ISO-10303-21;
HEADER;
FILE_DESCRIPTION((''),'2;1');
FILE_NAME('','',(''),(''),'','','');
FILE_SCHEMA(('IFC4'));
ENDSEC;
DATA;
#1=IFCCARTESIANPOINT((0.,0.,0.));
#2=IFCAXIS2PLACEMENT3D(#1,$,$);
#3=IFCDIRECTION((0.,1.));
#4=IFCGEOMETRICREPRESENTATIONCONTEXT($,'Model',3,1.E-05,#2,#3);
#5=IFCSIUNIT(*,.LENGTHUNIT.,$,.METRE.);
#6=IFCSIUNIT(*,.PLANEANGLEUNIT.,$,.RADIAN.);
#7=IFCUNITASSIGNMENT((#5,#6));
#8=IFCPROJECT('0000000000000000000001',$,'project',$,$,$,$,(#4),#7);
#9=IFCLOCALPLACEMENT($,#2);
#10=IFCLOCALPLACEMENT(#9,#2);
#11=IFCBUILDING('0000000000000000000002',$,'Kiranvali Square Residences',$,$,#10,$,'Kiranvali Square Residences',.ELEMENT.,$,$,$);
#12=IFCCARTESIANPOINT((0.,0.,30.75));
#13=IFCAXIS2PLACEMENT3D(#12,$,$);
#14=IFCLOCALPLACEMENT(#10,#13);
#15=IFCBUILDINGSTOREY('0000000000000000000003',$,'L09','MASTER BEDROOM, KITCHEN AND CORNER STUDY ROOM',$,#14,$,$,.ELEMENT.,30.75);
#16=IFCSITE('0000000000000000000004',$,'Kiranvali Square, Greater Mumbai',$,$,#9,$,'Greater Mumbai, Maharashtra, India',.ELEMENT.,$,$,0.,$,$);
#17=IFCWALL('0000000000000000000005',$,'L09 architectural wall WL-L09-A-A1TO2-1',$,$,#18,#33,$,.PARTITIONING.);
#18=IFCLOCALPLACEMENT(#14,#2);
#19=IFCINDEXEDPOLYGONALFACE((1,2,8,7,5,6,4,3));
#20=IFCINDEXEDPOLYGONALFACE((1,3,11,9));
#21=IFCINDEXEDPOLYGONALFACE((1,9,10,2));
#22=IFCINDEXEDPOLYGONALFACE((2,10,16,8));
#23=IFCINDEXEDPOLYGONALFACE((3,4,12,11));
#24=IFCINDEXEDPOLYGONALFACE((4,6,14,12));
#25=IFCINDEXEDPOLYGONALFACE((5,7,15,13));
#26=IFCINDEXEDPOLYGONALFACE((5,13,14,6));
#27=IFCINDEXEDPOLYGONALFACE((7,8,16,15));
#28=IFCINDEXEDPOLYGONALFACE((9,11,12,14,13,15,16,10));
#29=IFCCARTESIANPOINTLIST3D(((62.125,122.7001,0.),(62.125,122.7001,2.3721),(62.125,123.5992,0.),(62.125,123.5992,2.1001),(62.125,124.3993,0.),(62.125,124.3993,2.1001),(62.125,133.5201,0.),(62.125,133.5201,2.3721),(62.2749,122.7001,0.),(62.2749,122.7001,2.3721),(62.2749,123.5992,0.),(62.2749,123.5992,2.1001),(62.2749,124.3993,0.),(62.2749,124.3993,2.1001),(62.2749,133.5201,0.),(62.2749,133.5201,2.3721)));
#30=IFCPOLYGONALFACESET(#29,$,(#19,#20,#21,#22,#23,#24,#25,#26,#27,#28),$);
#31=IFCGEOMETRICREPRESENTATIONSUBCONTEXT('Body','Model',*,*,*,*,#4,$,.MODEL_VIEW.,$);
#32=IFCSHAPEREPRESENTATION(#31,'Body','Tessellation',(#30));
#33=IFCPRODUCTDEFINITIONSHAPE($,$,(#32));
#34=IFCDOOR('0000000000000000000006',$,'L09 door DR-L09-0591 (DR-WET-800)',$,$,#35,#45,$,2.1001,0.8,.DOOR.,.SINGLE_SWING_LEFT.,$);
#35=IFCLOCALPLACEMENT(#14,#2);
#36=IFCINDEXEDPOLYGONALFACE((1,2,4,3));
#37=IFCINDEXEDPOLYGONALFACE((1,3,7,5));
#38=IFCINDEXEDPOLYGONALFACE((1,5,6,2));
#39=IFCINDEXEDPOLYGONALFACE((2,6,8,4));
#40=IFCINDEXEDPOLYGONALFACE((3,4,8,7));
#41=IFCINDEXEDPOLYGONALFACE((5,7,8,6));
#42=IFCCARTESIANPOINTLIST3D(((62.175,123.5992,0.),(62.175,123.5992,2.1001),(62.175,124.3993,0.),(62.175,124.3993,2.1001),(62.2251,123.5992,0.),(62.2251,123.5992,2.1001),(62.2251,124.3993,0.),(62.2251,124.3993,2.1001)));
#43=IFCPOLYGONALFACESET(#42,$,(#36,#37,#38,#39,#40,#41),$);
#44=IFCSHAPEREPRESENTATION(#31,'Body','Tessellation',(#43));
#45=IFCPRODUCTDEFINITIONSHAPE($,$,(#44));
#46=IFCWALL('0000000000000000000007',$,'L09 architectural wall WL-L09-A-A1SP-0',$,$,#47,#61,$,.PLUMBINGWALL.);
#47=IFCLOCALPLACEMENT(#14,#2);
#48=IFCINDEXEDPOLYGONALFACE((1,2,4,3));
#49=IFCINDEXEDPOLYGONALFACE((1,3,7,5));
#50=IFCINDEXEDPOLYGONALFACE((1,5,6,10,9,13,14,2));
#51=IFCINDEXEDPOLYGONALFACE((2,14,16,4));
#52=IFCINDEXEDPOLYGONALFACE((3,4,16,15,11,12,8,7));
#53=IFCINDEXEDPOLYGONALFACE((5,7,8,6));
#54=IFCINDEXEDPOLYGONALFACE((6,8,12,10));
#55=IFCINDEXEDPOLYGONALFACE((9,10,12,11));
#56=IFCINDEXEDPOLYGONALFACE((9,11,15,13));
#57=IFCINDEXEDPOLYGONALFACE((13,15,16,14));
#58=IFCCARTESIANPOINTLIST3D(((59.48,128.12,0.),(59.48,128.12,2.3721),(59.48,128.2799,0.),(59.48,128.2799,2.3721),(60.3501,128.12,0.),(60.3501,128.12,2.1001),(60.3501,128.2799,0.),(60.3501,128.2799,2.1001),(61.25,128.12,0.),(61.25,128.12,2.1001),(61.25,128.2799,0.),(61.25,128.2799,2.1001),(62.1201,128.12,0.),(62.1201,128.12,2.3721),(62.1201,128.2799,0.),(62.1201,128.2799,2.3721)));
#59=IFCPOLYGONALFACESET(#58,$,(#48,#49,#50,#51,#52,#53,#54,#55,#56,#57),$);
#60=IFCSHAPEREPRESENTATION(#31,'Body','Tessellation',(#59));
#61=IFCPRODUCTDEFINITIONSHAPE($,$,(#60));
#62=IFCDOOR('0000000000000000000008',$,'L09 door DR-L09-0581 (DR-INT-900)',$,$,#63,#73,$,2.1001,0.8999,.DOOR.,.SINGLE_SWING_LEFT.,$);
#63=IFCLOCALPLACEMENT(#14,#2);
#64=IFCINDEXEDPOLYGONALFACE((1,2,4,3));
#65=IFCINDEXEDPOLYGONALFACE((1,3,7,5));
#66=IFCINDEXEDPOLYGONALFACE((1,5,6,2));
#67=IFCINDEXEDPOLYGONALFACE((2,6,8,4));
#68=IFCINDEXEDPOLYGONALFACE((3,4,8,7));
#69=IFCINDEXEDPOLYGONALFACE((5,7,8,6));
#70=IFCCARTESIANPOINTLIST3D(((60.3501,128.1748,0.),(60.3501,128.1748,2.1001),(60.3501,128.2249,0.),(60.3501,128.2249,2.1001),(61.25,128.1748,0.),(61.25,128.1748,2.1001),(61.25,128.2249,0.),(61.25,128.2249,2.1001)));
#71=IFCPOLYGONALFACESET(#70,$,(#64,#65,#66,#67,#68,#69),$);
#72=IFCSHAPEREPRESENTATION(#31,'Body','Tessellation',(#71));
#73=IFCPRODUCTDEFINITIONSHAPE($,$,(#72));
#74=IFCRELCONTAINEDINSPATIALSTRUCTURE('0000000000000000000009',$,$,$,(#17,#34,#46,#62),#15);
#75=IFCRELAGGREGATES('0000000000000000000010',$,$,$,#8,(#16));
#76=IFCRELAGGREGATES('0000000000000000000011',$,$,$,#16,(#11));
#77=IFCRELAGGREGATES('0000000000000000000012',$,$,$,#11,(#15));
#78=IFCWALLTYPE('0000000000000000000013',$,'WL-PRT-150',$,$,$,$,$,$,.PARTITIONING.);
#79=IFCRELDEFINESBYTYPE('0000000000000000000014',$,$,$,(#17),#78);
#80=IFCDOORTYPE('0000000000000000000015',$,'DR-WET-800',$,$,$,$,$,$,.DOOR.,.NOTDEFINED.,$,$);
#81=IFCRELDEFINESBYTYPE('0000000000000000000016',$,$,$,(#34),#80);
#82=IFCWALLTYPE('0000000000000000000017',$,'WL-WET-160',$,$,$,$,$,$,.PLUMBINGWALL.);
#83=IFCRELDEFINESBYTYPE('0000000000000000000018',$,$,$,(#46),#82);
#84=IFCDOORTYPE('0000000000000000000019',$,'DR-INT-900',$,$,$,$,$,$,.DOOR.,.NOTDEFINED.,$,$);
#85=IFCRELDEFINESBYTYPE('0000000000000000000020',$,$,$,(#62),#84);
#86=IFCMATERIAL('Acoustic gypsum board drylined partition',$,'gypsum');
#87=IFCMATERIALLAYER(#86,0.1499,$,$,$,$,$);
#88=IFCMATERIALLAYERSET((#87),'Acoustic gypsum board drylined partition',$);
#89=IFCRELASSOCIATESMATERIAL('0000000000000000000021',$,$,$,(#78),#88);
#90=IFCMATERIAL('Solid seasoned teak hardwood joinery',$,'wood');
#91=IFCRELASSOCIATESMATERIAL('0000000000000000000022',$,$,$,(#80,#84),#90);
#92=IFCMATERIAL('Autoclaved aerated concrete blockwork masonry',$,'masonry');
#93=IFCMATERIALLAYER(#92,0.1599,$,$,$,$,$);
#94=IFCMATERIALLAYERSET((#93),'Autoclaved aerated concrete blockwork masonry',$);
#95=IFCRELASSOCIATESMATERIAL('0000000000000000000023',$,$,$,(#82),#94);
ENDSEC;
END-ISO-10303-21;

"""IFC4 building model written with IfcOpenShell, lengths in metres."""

from ifc_helpers import new_model, si_unit, direction, frame, frame_2d, origin, place, context, subcontext, project, spatial, rectangle, extrude, material, layer, layer_set, type_object, element, fill, save


model = new_model("IFC4")

# Units and contexts
model_context = context("Model", 3, precision=1e-05, world=origin(), true_north=direction((0.0, 1.0)))
body_context = subcontext(model_context, "Body", "Model", "MODEL_VIEW")
ifc_project = project(units=[si_unit("LENGTHUNIT", "METRE"), si_unit("PLANEANGLEUNIT", "RADIAN")], contexts=[model_context])

# Site, building, storey
site_placement = place(None, origin())
site = spatial("IfcSite", under=ifc_project, at=site_placement, Name="Kiranvali Square, Greater Mumbai", LongName="Greater Mumbai, Maharashtra, India", CompositionType="ELEMENT", RefElevation=0.0)
building_placement = place(site_placement, origin())
building = spatial("IfcBuilding", under=site, at=building_placement, Name="Kiranvali Square Residences", LongName="Kiranvali Square Residences", CompositionType="ELEMENT")
storey_placement = place(building_placement, frame((0.0, 0.0, 30.75)))
storey = spatial("IfcBuildingStorey", under=building, at=storey_placement, Name="L09", Description="MASTER BEDROOM, KITCHEN AND CORNER STUDY ROOM", CompositionType="ELEMENT", Elevation=30.75)

# Walls, openings, doors
ifc_material_1 = material(Name="Acoustic gypsum board drylined partition", Category="gypsum")
ifc_layer_1 = layer(ifc_material_1, 0.1499)
ifc_layer_set_1 = layer_set([ifc_layer_1], Name="Acoustic gypsum board drylined partition")
wall_type_1 = type_object("IfcWallType", Name="WL-PRT-150", PredefinedType="PARTITIONING", material=ifc_layer_set_1)
ifc_material_2 = material(Name="Solid seasoned teak hardwood joinery", Category="wood")
door_type_1 = type_object("IfcDoorType", Name="DR-WET-800", OperationType="NOTDEFINED", PredefinedType="DOOR", material=ifc_material_2)
wall_1_placement = place(storey_placement, frame((62.2, 122.7, 0.0), z_axis=(0.0, 0.0, 1.0), x_axis=(0.0, 1.0, 0.0)))
wall_1 = element("IfcWall", 1, at=wall_1_placement, inside=storey, type_object=wall_type_1, Name="L09 architectural wall WL-L09-A-A1TO2-1", PredefinedType="PARTITIONING", context=body_context, shape_type="SweptSolid", body=[
    extrude(rectangle(XDim=10.8201, YDim=0.1499, at=frame_2d((5.4102, 0.0))), origin(), (0.0, 0.0, 1.0), 2.3721),
])
opening_1_placement = place(wall_1_placement, frame((0.8994, 0.0, 0.0)))
opening_1 = element("IfcOpeningElement", 2, at=opening_1_placement, cuts=wall_1, PredefinedType="OPENING", context=body_context, shape_type="SweptSolid", body=[
    extrude(rectangle(XDim=0.8, YDim=2.1001, at=frame_2d((0.3999, 1.05))), frame((0.0, 0.085, 0.0), z_axis=(0.0, -1.0, 0.0), x_axis=(1.0, 0.0, 0.0)), (0.0, 0.0, 1.0), 0.1699),
])
door_1_placement = place(opening_1_placement, origin())
door_1 = element("IfcDoor", 3, at=door_1_placement, inside=storey, type_object=door_type_1, Name="L09 door DR-L09-0591 (DR-WET-800)", OperationType="SINGLE_SWING_LEFT", OverallHeight=2.1001, OverallWidth=0.8, PredefinedType="DOOR", context=body_context, shape_type="SweptSolid", body=[
    extrude(rectangle(XDim=0.8, YDim=2.1001, at=frame_2d((0.3999, 1.05))), frame((0.0, 0.0249, 0.0), z_axis=(0.0, -1.0, 0.0), x_axis=(1.0, 0.0, 0.0)), (0.0, 0.0, 1.0), 0.05),
])
fill(opening_1, door_1)
ifc_material_3 = material(Name="Autoclaved aerated concrete blockwork masonry", Category="masonry")
ifc_layer_2 = layer(ifc_material_3, 0.1599)
ifc_layer_set_2 = layer_set([ifc_layer_2], Name="Autoclaved aerated concrete blockwork masonry")
wall_type_2 = type_object("IfcWallType", Name="WL-WET-160", PredefinedType="PLUMBINGWALL", material=ifc_layer_set_2)
wall_2_placement = place(storey_placement, frame((59.48, 128.2, 0.0), z_axis=(0.0, 0.0, 1.0), x_axis=(1.0, 0.0, 0.0)))
wall_2 = element("IfcWall", 4, at=wall_2_placement, inside=storey, type_object=wall_type_2, Name="L09 architectural wall WL-L09-A-A1SP-0", PredefinedType="PLUMBINGWALL", context=body_context, shape_type="SweptSolid", body=[
    extrude(rectangle(XDim=2.6401, YDim=0.1599, at=frame_2d((1.3201, 0.0))), origin(), (0.0, 0.0, 1.0), 2.3721),
])
opening_2_placement = place(wall_2_placement, frame((0.8701, 0.0, 0.0)))
opening_2 = element("IfcOpeningElement", 5, at=opening_2_placement, cuts=wall_2, PredefinedType="OPENING", context=body_context, shape_type="SweptSolid", body=[
    extrude(rectangle(XDim=0.8999, YDim=2.1001, at=frame_2d((0.45, 1.05))), frame((0.0, 0.0898, 0.0), z_axis=(0.0, -1.0, 0.0), x_axis=(1.0, 0.0, 0.0)), (0.0, 0.0, 1.0), 0.1799),
])
door_type_2 = type_object("IfcDoorType", Name="DR-INT-900", OperationType="NOTDEFINED", PredefinedType="DOOR", material=ifc_material_2)
door_2_placement = place(opening_2_placement, origin())
door_2 = element("IfcDoor", 6, at=door_2_placement, inside=storey, type_object=door_type_2, Name="L09 door DR-L09-0581 (DR-INT-900)", OperationType="SINGLE_SWING_LEFT", OverallHeight=2.1001, OverallWidth=0.8999, PredefinedType="DOOR", context=body_context, shape_type="SweptSolid", body=[
    extrude(rectangle(XDim=0.8999, YDim=2.1001, at=frame_2d((0.45, 1.05))), frame((0.0, 0.0249, 0.0), z_axis=(0.0, -1.0, 0.0), x_axis=(1.0, 0.0, 0.0)), (0.0, 0.0, 1.0), 0.05),
])
fill(opening_2, door_2)

save(model, "model.ifc")
